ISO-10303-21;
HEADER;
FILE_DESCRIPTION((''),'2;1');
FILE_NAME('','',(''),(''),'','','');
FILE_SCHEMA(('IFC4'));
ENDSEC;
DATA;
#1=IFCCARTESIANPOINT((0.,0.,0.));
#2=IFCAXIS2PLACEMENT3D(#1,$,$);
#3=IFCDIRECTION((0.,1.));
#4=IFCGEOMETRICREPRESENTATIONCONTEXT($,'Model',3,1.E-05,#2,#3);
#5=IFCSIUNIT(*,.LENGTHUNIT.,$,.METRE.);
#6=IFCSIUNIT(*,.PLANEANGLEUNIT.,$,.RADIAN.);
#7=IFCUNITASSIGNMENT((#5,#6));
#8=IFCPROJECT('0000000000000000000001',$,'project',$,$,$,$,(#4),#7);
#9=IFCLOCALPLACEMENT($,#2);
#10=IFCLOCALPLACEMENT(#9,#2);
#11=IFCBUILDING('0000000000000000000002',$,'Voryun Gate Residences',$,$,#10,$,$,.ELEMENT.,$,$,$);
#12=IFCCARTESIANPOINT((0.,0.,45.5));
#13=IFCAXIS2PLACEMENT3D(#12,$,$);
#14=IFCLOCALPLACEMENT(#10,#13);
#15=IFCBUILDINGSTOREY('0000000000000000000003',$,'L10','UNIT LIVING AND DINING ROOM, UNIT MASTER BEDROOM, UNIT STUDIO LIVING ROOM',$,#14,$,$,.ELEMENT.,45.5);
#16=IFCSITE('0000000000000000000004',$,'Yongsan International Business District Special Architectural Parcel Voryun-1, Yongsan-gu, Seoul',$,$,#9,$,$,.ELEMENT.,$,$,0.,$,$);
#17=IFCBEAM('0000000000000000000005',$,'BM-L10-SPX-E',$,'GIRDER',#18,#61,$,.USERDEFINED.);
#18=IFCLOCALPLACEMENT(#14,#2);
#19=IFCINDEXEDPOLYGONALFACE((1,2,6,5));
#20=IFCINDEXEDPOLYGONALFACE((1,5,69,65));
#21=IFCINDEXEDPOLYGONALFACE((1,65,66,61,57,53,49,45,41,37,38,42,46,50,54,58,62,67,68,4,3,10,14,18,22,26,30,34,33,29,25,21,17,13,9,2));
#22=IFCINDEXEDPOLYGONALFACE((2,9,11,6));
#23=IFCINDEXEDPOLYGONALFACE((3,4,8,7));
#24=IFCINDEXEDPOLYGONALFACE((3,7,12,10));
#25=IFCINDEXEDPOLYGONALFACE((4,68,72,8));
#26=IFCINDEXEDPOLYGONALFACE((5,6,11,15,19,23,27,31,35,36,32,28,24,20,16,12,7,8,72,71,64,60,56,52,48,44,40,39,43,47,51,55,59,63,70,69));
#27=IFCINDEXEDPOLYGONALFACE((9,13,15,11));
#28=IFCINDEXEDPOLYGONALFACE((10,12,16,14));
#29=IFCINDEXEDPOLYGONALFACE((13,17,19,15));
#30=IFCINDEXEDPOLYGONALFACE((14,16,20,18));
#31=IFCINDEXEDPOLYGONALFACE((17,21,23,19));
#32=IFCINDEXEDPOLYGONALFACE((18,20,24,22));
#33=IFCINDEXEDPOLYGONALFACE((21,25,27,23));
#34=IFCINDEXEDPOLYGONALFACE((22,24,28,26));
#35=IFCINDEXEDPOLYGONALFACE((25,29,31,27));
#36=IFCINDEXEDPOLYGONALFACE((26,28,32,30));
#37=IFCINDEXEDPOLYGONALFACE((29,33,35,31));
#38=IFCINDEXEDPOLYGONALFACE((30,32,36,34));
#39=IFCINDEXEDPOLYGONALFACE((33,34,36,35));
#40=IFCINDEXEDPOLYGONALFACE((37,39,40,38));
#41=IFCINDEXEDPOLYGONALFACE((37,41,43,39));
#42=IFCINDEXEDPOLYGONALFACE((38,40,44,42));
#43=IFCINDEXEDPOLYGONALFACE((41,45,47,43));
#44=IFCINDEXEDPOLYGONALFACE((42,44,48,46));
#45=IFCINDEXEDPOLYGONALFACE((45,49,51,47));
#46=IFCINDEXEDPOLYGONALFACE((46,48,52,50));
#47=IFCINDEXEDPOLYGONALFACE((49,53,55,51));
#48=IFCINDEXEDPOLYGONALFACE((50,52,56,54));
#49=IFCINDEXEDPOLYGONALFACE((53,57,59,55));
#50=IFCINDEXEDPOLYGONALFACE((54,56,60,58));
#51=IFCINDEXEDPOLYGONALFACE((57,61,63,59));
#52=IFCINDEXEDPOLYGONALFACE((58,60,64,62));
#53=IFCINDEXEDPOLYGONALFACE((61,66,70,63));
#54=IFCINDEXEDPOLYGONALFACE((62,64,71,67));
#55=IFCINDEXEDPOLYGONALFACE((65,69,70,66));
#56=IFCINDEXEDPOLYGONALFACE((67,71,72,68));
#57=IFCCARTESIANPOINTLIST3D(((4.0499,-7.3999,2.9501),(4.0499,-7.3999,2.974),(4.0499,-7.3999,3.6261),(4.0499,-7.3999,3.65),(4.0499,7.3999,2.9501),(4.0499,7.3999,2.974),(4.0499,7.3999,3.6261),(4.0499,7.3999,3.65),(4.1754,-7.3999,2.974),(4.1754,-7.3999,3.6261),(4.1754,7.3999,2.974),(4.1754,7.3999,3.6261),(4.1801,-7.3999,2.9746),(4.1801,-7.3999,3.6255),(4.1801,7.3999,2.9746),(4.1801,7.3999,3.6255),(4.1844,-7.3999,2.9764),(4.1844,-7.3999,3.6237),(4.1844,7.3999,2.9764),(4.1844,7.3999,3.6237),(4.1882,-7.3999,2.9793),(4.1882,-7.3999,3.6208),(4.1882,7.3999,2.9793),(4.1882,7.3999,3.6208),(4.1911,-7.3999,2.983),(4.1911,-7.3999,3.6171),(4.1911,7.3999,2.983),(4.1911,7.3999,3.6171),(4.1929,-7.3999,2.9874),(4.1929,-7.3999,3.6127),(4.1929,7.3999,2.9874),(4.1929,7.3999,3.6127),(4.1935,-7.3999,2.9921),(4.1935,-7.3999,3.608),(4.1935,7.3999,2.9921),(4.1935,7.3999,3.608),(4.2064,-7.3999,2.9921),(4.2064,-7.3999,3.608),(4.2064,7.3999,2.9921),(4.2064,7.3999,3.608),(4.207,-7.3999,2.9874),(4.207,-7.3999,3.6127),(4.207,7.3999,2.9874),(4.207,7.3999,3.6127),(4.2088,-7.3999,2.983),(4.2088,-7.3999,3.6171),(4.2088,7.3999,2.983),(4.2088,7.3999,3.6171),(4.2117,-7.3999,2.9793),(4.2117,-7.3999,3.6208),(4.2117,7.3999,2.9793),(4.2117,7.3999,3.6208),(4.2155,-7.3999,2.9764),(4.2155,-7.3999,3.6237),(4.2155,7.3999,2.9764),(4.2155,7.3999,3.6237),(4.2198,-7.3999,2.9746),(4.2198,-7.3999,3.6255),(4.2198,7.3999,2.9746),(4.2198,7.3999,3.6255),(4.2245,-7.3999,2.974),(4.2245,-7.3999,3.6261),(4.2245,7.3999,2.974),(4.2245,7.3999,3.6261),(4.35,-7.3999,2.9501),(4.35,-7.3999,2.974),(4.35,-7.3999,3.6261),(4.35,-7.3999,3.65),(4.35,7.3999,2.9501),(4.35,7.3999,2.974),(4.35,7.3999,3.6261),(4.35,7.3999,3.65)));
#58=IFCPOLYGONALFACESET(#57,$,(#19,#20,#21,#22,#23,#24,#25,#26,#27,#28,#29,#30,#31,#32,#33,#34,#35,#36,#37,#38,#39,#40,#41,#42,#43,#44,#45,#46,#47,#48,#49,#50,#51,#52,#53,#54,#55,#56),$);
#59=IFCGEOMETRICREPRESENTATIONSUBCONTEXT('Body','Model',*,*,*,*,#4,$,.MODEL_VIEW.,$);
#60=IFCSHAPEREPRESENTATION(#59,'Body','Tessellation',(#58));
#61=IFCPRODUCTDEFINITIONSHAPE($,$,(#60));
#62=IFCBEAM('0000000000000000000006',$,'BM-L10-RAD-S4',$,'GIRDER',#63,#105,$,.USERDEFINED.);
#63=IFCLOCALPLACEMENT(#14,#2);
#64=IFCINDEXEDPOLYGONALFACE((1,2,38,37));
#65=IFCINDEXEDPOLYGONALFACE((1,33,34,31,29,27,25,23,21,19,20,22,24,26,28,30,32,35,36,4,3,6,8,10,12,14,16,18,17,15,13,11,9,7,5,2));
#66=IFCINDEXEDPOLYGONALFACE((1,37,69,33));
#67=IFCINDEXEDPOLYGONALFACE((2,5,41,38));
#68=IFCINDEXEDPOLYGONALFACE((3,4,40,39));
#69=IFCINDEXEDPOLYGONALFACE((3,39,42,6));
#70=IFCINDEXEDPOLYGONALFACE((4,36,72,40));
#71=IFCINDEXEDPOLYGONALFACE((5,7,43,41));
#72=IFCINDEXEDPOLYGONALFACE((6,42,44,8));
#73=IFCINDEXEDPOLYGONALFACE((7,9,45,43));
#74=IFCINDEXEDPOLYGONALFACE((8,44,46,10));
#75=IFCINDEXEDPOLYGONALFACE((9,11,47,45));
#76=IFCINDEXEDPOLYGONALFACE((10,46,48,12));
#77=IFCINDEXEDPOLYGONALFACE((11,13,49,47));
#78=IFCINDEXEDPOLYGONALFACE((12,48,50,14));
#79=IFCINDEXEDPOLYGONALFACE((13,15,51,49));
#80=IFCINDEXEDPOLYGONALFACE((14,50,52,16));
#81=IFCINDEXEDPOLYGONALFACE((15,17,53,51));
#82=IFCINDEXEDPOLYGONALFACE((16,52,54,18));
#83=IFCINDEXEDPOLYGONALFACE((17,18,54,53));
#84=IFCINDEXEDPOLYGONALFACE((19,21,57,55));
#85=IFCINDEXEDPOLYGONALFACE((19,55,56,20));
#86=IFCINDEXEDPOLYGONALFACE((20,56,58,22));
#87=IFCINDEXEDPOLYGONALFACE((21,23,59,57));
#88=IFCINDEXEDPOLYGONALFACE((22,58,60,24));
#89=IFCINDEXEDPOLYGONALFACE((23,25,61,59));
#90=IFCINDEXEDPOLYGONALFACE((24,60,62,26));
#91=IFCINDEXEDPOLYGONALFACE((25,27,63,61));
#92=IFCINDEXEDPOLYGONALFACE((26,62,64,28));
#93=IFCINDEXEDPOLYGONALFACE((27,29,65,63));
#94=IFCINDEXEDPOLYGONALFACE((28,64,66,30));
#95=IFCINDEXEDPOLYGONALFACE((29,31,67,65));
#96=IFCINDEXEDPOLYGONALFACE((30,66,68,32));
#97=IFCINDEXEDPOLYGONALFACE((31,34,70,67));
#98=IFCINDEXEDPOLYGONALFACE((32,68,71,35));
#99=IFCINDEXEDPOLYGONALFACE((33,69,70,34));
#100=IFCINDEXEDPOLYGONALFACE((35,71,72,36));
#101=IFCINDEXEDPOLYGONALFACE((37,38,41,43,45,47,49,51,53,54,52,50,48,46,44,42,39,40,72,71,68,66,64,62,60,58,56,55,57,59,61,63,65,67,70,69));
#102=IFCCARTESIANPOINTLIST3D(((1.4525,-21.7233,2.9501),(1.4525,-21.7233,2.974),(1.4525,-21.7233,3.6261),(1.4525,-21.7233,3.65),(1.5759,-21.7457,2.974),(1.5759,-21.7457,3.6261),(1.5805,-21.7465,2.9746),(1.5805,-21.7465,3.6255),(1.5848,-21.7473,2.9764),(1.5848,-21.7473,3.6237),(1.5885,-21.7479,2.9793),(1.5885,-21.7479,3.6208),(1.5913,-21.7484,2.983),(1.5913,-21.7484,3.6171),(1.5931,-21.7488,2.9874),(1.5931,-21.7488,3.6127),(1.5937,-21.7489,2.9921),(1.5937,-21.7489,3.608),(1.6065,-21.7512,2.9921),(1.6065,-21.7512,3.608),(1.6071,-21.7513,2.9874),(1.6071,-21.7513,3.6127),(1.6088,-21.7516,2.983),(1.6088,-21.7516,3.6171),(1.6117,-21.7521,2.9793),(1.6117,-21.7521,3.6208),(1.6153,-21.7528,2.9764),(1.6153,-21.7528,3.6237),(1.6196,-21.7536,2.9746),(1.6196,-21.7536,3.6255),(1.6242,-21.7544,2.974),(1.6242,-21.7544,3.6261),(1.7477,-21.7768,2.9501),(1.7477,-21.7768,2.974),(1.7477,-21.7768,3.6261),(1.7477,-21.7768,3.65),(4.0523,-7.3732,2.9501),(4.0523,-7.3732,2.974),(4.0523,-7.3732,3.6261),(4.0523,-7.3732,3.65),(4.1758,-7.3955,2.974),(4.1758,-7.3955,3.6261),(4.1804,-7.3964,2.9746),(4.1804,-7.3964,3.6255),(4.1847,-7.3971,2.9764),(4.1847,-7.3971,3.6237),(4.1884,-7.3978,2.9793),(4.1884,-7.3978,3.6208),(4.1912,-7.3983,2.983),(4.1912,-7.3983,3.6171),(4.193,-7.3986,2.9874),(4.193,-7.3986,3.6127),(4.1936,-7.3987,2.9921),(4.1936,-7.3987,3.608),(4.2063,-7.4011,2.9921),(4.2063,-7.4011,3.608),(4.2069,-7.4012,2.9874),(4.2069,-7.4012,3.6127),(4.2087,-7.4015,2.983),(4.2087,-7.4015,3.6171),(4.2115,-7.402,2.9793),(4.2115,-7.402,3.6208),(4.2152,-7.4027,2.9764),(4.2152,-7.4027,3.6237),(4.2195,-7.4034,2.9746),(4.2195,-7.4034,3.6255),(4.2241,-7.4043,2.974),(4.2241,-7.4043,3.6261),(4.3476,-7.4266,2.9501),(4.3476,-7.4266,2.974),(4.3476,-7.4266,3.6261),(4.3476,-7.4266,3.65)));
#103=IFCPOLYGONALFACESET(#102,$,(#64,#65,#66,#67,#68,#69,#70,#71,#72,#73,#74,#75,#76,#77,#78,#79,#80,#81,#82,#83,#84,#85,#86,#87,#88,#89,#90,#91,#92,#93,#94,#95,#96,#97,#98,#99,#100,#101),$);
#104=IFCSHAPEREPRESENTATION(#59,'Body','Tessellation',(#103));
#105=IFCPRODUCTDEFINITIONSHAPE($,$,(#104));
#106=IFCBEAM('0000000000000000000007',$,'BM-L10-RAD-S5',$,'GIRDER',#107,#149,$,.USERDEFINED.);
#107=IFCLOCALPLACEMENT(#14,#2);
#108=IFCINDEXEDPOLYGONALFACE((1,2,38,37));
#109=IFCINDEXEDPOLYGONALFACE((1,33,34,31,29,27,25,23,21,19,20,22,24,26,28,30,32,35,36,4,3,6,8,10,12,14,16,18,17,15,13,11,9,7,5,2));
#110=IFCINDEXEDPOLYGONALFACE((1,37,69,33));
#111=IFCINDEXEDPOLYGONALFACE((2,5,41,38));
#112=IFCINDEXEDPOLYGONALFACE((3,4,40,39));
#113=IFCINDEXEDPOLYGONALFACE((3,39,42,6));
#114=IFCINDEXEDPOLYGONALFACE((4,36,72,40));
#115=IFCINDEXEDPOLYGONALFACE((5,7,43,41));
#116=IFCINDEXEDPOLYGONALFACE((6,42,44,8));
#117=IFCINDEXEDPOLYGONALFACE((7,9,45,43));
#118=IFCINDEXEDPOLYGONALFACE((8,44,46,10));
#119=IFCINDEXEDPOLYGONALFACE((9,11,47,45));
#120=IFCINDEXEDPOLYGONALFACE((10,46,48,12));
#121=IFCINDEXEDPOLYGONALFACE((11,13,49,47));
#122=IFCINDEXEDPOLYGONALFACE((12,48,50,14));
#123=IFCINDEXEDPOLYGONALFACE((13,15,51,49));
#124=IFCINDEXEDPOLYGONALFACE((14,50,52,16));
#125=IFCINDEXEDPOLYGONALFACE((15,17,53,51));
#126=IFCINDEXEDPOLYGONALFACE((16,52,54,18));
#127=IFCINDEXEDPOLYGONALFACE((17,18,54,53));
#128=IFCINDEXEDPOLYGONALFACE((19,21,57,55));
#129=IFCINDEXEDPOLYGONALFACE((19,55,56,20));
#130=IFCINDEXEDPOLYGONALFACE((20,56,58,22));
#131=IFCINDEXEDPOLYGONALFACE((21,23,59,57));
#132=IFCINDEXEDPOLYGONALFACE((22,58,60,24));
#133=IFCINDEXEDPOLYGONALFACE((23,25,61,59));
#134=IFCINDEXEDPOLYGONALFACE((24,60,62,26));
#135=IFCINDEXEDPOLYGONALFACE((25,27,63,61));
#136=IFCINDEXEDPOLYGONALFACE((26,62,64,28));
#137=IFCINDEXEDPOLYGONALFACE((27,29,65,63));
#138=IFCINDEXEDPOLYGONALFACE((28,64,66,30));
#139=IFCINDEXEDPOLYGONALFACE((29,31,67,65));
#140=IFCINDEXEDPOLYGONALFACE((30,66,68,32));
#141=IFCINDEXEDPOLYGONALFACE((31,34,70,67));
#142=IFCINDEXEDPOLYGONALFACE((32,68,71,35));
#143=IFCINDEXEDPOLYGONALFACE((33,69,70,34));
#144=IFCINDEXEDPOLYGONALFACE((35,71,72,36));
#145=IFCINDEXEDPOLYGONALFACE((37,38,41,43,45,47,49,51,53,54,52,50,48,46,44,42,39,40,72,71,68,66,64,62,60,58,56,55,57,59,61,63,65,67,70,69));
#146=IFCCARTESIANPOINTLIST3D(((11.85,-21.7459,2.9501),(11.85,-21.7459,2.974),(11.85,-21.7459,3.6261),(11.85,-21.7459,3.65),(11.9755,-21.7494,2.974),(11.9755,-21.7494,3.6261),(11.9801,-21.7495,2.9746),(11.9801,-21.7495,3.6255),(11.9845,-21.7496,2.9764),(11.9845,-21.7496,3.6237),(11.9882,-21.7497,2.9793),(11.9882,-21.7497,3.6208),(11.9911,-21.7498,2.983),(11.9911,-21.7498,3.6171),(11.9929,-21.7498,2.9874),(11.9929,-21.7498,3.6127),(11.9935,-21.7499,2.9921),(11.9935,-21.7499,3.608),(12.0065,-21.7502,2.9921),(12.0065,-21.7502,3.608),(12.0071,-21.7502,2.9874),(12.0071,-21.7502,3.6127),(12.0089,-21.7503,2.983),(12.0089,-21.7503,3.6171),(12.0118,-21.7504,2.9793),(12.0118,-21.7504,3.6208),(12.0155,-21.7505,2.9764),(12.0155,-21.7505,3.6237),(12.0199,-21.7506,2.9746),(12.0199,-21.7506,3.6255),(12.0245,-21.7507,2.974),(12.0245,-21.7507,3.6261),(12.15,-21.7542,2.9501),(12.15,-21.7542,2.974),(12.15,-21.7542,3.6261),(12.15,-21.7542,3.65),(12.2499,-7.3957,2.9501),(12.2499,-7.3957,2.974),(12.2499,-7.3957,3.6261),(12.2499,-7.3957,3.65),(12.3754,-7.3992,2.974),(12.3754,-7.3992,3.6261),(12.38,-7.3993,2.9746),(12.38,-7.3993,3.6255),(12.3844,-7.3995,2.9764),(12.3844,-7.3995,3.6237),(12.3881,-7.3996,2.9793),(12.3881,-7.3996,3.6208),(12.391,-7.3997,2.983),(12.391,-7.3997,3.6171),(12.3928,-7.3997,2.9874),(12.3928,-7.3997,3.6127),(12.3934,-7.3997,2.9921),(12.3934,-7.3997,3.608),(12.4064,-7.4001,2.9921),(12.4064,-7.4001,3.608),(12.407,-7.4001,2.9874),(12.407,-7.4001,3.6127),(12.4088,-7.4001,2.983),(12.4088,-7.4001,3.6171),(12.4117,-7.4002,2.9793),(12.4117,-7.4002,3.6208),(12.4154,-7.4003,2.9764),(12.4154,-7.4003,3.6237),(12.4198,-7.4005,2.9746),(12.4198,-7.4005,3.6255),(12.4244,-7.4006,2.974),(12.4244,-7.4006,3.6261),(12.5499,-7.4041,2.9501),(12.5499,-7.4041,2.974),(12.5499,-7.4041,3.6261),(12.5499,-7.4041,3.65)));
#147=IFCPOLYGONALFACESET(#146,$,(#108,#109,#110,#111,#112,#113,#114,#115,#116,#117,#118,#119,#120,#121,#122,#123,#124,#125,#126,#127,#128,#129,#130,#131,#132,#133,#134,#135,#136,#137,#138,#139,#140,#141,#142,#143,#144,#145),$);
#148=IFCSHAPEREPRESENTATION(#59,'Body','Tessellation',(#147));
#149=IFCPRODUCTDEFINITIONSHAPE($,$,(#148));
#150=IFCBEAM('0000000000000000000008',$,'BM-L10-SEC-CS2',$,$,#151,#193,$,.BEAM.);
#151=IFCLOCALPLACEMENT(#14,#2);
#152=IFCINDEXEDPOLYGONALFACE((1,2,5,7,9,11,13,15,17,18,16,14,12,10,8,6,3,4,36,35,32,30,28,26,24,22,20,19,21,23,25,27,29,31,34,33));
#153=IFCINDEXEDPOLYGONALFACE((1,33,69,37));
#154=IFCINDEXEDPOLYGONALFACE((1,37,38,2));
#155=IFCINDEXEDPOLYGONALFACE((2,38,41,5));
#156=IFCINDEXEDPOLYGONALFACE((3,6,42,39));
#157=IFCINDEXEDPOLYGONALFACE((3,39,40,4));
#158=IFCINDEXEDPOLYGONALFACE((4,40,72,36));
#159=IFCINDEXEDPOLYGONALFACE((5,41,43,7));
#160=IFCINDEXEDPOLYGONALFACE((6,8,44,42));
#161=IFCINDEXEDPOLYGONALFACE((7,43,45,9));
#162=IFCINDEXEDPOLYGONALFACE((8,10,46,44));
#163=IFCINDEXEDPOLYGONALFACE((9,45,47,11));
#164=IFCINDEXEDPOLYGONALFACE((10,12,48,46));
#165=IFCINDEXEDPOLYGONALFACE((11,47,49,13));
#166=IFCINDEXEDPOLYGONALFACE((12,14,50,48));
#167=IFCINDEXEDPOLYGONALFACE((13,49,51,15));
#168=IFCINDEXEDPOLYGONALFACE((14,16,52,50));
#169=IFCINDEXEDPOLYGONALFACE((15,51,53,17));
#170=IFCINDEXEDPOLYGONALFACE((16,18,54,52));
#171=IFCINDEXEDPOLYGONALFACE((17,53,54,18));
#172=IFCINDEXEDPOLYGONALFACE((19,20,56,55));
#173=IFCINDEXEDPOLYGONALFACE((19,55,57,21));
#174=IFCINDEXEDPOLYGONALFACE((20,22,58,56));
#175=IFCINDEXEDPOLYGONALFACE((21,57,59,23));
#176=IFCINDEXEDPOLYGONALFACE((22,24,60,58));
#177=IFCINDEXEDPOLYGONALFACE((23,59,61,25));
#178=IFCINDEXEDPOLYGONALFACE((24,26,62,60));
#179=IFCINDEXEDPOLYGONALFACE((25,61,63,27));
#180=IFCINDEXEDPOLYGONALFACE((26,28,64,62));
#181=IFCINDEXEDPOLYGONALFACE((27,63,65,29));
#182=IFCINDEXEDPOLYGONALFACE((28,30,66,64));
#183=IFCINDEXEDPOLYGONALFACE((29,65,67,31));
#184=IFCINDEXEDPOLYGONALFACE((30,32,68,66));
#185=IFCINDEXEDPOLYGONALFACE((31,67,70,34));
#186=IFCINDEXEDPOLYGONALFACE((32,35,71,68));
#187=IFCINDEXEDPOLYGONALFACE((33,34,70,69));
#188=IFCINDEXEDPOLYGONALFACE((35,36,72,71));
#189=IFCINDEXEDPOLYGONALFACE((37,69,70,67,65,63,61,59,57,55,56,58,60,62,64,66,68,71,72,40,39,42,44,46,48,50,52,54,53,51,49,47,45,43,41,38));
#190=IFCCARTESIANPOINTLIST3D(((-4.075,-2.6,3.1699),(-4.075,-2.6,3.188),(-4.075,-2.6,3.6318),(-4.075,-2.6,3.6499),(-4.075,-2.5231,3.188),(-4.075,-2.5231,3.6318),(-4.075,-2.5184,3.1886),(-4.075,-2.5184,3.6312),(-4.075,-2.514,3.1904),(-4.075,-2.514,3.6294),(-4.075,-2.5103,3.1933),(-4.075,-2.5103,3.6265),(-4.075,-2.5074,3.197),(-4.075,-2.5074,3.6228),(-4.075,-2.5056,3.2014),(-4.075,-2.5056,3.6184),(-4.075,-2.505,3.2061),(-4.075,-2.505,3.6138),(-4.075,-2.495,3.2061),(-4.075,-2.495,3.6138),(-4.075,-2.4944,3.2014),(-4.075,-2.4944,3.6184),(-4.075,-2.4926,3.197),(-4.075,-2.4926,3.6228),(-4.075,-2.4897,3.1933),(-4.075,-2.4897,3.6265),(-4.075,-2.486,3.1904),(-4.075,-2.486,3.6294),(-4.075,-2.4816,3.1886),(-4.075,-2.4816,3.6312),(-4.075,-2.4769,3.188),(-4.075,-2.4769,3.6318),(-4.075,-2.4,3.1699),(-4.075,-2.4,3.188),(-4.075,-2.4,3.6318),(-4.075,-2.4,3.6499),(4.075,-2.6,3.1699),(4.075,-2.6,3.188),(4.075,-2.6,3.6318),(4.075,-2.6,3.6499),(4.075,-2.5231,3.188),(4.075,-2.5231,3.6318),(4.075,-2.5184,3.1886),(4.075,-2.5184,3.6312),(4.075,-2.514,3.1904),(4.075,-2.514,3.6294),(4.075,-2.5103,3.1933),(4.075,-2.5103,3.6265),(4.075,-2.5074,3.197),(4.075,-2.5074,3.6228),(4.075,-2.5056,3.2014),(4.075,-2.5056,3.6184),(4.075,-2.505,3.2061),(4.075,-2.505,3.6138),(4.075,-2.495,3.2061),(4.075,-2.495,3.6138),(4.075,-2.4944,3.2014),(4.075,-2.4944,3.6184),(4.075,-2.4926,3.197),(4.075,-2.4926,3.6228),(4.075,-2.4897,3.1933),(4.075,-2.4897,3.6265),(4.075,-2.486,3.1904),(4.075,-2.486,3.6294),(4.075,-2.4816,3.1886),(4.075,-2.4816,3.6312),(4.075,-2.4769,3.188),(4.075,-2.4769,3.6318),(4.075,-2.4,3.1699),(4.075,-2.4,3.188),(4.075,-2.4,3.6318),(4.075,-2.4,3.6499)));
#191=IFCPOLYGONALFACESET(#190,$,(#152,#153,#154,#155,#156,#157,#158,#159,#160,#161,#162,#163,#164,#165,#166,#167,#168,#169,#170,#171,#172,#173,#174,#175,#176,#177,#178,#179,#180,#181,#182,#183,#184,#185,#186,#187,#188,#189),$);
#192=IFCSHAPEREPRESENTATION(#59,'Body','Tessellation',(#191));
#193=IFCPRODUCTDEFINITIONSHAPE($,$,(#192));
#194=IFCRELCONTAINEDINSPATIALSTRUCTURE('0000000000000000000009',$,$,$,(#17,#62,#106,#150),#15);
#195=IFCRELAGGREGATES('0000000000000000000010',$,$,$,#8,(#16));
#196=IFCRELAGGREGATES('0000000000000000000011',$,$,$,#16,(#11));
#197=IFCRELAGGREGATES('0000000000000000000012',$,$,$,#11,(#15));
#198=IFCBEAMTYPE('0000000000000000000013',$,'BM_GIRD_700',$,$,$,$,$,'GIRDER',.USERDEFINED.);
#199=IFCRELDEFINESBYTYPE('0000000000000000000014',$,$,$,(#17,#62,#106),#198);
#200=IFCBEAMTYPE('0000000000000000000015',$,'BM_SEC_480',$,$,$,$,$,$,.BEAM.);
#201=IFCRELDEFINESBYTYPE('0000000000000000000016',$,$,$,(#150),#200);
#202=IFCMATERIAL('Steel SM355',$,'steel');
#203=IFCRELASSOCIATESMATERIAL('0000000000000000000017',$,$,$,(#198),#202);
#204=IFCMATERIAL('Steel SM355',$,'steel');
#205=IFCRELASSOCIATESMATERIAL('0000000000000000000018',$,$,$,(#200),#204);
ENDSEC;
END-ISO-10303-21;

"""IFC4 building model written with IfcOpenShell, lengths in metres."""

from ifc_helpers import new_model, si_unit, direction, frame, origin, origin_2d, place, context, subcontext, project, spatial, i_section, extrude, material, material_profile, profile_set, type_object, element, save


model = new_model("IFC4")

# Units and contexts
model_context = context("Model", 3, precision=1e-05, world=origin(), true_north=direction((0.0, 1.0)))
body_context = subcontext(model_context, "Body", "Model", "MODEL_VIEW")
ifc_project = project(units=[si_unit("LENGTHUNIT", "METRE"), si_unit("PLANEANGLEUNIT", "RADIAN")], contexts=[model_context])

# Site, building, storey
site_placement = place(None, origin())
site = spatial("IfcSite", under=ifc_project, at=site_placement, Name="Yongsan International Business District Special Architectural Parcel Voryun-1, Yongsan-gu, Seoul", CompositionType="ELEMENT", RefElevation=0.0)
building_placement = place(site_placement, origin())
building = spatial("IfcBuilding", under=site, at=building_placement, Name="Voryun Gate Residences", CompositionType="ELEMENT")
storey_placement = place(building_placement, frame((0.0, 0.0, 45.5)))
storey = spatial("IfcBuildingStorey", under=building, at=storey_placement, Name="L10", Description="UNIT LIVING AND DINING ROOM, UNIT MASTER BEDROOM, UNIT STUDIO LIVING ROOM", CompositionType="ELEMENT", Elevation=45.5)

# Beams
ifc_material_1 = material(Name="Steel SM355", Category="steel")
ifc_material_profile_1 = material_profile(ifc_material_1, i_section(OverallWidth=0.3, OverallDepth=0.7, WebThickness=0.0129, FlangeThickness=0.0239, FilletRadius=0.0181, at=origin_2d()), Name="H-700x300x13x24")
ifc_profile_set_1 = profile_set([ifc_material_profile_1], Name="Steel SM355")
beam_type_1 = type_object("IfcBeamType", Name="BM_GIRD_700", ElementType="GIRDER", PredefinedType="USERDEFINED", material=ifc_profile_set_1)
for number, where, z_axis, x_axis, name in (
    (1, (4.2, -7.3999, 3.3), (0.0, 1.0, 0.0), (-1.0, 0.0, 0.0), "BM-L10-SPX-E"),
):
    element("IfcBeam", number, at=place(storey_placement, frame(where, z_axis=z_axis, x_axis=x_axis)), inside=storey, type_object=beam_type_1, Name=name, ObjectType="GIRDER", PredefinedType="USERDEFINED", context=body_context, shape_type="SweptSolid", body=[
        extrude(i_section(OverallWidth=0.3, OverallDepth=0.7, WebThickness=0.0129, FlangeThickness=0.0239, FilletRadius=0.0181, at=origin_2d()), origin(), (0.0, 0.0, 1.0), 14.7998),
    ])
beam_1_placement = place(storey_placement, frame((4.2, -7.3999, 3.3), z_axis=(-0.178271, -0.983981, 0.0), x_axis=(0.983981, -0.178271, 0.0)))
element("IfcBeam", 2, at=beam_1_placement, inside=storey, type_object=beam_type_1, Name="BM-L10-RAD-S4", ObjectType="GIRDER", PredefinedType="USERDEFINED", context=body_context, shape_type="SweptSolid", body=[
    extrude(i_section(OverallWidth=0.3, OverallDepth=0.7, WebThickness=0.0129, FlangeThickness=0.0239, FilletRadius=0.0181, at=origin_2d()), origin(), (0.0, 0.0, 1.0), 14.5837),
])
beam_2_placement = place(storey_placement, frame((12.3999, -7.3999, 3.3), z_axis=(-0.027857, -0.999612, 0.0), x_axis=(0.999612, -0.027857, 0.0)))
element("IfcBeam", 3, at=beam_2_placement, inside=storey, type_object=beam_type_1, Name="BM-L10-RAD-S5", ObjectType="GIRDER", PredefinedType="USERDEFINED", context=body_context, shape_type="SweptSolid", body=[
    extrude(i_section(OverallWidth=0.3, OverallDepth=0.7, WebThickness=0.0129, FlangeThickness=0.0239, FilletRadius=0.0181, at=origin_2d()), origin(), (0.0, 0.0, 1.0), 14.3557),
])
ifc_material_2 = material(Name="Steel SM355", Category="steel")
ifc_material_profile_2 = material_profile(ifc_material_2, i_section(OverallWidth=0.2, OverallDepth=0.48, WebThickness=0.01, FlangeThickness=0.0181, FilletRadius=0.0181, at=origin_2d()), Name="H-480x200x10x18")
ifc_profile_set_2 = profile_set([ifc_material_profile_2], Name="Steel SM355")
beam_type_2 = type_object("IfcBeamType", Name="BM_SEC_480", PredefinedType="BEAM", material=ifc_profile_set_2)
beam_3_placement = place(storey_placement, frame((-4.075, -2.5, 3.4099), z_axis=(1.0, 0.0, 0.0), x_axis=(0.0, 1.0, 0.0)))
element("IfcBeam", 4, at=beam_3_placement, inside=storey, type_object=beam_type_2, Name="BM-L10-SEC-CS2", PredefinedType="BEAM", context=body_context, shape_type="SweptSolid", body=[
    extrude(i_section(OverallWidth=0.2, OverallDepth=0.48, WebThickness=0.01, FlangeThickness=0.0181, FilletRadius=0.0181, at=origin_2d()), origin(), (0.0, 0.0, 1.0), 8.1499),
])

save(model, "model.ifc")
